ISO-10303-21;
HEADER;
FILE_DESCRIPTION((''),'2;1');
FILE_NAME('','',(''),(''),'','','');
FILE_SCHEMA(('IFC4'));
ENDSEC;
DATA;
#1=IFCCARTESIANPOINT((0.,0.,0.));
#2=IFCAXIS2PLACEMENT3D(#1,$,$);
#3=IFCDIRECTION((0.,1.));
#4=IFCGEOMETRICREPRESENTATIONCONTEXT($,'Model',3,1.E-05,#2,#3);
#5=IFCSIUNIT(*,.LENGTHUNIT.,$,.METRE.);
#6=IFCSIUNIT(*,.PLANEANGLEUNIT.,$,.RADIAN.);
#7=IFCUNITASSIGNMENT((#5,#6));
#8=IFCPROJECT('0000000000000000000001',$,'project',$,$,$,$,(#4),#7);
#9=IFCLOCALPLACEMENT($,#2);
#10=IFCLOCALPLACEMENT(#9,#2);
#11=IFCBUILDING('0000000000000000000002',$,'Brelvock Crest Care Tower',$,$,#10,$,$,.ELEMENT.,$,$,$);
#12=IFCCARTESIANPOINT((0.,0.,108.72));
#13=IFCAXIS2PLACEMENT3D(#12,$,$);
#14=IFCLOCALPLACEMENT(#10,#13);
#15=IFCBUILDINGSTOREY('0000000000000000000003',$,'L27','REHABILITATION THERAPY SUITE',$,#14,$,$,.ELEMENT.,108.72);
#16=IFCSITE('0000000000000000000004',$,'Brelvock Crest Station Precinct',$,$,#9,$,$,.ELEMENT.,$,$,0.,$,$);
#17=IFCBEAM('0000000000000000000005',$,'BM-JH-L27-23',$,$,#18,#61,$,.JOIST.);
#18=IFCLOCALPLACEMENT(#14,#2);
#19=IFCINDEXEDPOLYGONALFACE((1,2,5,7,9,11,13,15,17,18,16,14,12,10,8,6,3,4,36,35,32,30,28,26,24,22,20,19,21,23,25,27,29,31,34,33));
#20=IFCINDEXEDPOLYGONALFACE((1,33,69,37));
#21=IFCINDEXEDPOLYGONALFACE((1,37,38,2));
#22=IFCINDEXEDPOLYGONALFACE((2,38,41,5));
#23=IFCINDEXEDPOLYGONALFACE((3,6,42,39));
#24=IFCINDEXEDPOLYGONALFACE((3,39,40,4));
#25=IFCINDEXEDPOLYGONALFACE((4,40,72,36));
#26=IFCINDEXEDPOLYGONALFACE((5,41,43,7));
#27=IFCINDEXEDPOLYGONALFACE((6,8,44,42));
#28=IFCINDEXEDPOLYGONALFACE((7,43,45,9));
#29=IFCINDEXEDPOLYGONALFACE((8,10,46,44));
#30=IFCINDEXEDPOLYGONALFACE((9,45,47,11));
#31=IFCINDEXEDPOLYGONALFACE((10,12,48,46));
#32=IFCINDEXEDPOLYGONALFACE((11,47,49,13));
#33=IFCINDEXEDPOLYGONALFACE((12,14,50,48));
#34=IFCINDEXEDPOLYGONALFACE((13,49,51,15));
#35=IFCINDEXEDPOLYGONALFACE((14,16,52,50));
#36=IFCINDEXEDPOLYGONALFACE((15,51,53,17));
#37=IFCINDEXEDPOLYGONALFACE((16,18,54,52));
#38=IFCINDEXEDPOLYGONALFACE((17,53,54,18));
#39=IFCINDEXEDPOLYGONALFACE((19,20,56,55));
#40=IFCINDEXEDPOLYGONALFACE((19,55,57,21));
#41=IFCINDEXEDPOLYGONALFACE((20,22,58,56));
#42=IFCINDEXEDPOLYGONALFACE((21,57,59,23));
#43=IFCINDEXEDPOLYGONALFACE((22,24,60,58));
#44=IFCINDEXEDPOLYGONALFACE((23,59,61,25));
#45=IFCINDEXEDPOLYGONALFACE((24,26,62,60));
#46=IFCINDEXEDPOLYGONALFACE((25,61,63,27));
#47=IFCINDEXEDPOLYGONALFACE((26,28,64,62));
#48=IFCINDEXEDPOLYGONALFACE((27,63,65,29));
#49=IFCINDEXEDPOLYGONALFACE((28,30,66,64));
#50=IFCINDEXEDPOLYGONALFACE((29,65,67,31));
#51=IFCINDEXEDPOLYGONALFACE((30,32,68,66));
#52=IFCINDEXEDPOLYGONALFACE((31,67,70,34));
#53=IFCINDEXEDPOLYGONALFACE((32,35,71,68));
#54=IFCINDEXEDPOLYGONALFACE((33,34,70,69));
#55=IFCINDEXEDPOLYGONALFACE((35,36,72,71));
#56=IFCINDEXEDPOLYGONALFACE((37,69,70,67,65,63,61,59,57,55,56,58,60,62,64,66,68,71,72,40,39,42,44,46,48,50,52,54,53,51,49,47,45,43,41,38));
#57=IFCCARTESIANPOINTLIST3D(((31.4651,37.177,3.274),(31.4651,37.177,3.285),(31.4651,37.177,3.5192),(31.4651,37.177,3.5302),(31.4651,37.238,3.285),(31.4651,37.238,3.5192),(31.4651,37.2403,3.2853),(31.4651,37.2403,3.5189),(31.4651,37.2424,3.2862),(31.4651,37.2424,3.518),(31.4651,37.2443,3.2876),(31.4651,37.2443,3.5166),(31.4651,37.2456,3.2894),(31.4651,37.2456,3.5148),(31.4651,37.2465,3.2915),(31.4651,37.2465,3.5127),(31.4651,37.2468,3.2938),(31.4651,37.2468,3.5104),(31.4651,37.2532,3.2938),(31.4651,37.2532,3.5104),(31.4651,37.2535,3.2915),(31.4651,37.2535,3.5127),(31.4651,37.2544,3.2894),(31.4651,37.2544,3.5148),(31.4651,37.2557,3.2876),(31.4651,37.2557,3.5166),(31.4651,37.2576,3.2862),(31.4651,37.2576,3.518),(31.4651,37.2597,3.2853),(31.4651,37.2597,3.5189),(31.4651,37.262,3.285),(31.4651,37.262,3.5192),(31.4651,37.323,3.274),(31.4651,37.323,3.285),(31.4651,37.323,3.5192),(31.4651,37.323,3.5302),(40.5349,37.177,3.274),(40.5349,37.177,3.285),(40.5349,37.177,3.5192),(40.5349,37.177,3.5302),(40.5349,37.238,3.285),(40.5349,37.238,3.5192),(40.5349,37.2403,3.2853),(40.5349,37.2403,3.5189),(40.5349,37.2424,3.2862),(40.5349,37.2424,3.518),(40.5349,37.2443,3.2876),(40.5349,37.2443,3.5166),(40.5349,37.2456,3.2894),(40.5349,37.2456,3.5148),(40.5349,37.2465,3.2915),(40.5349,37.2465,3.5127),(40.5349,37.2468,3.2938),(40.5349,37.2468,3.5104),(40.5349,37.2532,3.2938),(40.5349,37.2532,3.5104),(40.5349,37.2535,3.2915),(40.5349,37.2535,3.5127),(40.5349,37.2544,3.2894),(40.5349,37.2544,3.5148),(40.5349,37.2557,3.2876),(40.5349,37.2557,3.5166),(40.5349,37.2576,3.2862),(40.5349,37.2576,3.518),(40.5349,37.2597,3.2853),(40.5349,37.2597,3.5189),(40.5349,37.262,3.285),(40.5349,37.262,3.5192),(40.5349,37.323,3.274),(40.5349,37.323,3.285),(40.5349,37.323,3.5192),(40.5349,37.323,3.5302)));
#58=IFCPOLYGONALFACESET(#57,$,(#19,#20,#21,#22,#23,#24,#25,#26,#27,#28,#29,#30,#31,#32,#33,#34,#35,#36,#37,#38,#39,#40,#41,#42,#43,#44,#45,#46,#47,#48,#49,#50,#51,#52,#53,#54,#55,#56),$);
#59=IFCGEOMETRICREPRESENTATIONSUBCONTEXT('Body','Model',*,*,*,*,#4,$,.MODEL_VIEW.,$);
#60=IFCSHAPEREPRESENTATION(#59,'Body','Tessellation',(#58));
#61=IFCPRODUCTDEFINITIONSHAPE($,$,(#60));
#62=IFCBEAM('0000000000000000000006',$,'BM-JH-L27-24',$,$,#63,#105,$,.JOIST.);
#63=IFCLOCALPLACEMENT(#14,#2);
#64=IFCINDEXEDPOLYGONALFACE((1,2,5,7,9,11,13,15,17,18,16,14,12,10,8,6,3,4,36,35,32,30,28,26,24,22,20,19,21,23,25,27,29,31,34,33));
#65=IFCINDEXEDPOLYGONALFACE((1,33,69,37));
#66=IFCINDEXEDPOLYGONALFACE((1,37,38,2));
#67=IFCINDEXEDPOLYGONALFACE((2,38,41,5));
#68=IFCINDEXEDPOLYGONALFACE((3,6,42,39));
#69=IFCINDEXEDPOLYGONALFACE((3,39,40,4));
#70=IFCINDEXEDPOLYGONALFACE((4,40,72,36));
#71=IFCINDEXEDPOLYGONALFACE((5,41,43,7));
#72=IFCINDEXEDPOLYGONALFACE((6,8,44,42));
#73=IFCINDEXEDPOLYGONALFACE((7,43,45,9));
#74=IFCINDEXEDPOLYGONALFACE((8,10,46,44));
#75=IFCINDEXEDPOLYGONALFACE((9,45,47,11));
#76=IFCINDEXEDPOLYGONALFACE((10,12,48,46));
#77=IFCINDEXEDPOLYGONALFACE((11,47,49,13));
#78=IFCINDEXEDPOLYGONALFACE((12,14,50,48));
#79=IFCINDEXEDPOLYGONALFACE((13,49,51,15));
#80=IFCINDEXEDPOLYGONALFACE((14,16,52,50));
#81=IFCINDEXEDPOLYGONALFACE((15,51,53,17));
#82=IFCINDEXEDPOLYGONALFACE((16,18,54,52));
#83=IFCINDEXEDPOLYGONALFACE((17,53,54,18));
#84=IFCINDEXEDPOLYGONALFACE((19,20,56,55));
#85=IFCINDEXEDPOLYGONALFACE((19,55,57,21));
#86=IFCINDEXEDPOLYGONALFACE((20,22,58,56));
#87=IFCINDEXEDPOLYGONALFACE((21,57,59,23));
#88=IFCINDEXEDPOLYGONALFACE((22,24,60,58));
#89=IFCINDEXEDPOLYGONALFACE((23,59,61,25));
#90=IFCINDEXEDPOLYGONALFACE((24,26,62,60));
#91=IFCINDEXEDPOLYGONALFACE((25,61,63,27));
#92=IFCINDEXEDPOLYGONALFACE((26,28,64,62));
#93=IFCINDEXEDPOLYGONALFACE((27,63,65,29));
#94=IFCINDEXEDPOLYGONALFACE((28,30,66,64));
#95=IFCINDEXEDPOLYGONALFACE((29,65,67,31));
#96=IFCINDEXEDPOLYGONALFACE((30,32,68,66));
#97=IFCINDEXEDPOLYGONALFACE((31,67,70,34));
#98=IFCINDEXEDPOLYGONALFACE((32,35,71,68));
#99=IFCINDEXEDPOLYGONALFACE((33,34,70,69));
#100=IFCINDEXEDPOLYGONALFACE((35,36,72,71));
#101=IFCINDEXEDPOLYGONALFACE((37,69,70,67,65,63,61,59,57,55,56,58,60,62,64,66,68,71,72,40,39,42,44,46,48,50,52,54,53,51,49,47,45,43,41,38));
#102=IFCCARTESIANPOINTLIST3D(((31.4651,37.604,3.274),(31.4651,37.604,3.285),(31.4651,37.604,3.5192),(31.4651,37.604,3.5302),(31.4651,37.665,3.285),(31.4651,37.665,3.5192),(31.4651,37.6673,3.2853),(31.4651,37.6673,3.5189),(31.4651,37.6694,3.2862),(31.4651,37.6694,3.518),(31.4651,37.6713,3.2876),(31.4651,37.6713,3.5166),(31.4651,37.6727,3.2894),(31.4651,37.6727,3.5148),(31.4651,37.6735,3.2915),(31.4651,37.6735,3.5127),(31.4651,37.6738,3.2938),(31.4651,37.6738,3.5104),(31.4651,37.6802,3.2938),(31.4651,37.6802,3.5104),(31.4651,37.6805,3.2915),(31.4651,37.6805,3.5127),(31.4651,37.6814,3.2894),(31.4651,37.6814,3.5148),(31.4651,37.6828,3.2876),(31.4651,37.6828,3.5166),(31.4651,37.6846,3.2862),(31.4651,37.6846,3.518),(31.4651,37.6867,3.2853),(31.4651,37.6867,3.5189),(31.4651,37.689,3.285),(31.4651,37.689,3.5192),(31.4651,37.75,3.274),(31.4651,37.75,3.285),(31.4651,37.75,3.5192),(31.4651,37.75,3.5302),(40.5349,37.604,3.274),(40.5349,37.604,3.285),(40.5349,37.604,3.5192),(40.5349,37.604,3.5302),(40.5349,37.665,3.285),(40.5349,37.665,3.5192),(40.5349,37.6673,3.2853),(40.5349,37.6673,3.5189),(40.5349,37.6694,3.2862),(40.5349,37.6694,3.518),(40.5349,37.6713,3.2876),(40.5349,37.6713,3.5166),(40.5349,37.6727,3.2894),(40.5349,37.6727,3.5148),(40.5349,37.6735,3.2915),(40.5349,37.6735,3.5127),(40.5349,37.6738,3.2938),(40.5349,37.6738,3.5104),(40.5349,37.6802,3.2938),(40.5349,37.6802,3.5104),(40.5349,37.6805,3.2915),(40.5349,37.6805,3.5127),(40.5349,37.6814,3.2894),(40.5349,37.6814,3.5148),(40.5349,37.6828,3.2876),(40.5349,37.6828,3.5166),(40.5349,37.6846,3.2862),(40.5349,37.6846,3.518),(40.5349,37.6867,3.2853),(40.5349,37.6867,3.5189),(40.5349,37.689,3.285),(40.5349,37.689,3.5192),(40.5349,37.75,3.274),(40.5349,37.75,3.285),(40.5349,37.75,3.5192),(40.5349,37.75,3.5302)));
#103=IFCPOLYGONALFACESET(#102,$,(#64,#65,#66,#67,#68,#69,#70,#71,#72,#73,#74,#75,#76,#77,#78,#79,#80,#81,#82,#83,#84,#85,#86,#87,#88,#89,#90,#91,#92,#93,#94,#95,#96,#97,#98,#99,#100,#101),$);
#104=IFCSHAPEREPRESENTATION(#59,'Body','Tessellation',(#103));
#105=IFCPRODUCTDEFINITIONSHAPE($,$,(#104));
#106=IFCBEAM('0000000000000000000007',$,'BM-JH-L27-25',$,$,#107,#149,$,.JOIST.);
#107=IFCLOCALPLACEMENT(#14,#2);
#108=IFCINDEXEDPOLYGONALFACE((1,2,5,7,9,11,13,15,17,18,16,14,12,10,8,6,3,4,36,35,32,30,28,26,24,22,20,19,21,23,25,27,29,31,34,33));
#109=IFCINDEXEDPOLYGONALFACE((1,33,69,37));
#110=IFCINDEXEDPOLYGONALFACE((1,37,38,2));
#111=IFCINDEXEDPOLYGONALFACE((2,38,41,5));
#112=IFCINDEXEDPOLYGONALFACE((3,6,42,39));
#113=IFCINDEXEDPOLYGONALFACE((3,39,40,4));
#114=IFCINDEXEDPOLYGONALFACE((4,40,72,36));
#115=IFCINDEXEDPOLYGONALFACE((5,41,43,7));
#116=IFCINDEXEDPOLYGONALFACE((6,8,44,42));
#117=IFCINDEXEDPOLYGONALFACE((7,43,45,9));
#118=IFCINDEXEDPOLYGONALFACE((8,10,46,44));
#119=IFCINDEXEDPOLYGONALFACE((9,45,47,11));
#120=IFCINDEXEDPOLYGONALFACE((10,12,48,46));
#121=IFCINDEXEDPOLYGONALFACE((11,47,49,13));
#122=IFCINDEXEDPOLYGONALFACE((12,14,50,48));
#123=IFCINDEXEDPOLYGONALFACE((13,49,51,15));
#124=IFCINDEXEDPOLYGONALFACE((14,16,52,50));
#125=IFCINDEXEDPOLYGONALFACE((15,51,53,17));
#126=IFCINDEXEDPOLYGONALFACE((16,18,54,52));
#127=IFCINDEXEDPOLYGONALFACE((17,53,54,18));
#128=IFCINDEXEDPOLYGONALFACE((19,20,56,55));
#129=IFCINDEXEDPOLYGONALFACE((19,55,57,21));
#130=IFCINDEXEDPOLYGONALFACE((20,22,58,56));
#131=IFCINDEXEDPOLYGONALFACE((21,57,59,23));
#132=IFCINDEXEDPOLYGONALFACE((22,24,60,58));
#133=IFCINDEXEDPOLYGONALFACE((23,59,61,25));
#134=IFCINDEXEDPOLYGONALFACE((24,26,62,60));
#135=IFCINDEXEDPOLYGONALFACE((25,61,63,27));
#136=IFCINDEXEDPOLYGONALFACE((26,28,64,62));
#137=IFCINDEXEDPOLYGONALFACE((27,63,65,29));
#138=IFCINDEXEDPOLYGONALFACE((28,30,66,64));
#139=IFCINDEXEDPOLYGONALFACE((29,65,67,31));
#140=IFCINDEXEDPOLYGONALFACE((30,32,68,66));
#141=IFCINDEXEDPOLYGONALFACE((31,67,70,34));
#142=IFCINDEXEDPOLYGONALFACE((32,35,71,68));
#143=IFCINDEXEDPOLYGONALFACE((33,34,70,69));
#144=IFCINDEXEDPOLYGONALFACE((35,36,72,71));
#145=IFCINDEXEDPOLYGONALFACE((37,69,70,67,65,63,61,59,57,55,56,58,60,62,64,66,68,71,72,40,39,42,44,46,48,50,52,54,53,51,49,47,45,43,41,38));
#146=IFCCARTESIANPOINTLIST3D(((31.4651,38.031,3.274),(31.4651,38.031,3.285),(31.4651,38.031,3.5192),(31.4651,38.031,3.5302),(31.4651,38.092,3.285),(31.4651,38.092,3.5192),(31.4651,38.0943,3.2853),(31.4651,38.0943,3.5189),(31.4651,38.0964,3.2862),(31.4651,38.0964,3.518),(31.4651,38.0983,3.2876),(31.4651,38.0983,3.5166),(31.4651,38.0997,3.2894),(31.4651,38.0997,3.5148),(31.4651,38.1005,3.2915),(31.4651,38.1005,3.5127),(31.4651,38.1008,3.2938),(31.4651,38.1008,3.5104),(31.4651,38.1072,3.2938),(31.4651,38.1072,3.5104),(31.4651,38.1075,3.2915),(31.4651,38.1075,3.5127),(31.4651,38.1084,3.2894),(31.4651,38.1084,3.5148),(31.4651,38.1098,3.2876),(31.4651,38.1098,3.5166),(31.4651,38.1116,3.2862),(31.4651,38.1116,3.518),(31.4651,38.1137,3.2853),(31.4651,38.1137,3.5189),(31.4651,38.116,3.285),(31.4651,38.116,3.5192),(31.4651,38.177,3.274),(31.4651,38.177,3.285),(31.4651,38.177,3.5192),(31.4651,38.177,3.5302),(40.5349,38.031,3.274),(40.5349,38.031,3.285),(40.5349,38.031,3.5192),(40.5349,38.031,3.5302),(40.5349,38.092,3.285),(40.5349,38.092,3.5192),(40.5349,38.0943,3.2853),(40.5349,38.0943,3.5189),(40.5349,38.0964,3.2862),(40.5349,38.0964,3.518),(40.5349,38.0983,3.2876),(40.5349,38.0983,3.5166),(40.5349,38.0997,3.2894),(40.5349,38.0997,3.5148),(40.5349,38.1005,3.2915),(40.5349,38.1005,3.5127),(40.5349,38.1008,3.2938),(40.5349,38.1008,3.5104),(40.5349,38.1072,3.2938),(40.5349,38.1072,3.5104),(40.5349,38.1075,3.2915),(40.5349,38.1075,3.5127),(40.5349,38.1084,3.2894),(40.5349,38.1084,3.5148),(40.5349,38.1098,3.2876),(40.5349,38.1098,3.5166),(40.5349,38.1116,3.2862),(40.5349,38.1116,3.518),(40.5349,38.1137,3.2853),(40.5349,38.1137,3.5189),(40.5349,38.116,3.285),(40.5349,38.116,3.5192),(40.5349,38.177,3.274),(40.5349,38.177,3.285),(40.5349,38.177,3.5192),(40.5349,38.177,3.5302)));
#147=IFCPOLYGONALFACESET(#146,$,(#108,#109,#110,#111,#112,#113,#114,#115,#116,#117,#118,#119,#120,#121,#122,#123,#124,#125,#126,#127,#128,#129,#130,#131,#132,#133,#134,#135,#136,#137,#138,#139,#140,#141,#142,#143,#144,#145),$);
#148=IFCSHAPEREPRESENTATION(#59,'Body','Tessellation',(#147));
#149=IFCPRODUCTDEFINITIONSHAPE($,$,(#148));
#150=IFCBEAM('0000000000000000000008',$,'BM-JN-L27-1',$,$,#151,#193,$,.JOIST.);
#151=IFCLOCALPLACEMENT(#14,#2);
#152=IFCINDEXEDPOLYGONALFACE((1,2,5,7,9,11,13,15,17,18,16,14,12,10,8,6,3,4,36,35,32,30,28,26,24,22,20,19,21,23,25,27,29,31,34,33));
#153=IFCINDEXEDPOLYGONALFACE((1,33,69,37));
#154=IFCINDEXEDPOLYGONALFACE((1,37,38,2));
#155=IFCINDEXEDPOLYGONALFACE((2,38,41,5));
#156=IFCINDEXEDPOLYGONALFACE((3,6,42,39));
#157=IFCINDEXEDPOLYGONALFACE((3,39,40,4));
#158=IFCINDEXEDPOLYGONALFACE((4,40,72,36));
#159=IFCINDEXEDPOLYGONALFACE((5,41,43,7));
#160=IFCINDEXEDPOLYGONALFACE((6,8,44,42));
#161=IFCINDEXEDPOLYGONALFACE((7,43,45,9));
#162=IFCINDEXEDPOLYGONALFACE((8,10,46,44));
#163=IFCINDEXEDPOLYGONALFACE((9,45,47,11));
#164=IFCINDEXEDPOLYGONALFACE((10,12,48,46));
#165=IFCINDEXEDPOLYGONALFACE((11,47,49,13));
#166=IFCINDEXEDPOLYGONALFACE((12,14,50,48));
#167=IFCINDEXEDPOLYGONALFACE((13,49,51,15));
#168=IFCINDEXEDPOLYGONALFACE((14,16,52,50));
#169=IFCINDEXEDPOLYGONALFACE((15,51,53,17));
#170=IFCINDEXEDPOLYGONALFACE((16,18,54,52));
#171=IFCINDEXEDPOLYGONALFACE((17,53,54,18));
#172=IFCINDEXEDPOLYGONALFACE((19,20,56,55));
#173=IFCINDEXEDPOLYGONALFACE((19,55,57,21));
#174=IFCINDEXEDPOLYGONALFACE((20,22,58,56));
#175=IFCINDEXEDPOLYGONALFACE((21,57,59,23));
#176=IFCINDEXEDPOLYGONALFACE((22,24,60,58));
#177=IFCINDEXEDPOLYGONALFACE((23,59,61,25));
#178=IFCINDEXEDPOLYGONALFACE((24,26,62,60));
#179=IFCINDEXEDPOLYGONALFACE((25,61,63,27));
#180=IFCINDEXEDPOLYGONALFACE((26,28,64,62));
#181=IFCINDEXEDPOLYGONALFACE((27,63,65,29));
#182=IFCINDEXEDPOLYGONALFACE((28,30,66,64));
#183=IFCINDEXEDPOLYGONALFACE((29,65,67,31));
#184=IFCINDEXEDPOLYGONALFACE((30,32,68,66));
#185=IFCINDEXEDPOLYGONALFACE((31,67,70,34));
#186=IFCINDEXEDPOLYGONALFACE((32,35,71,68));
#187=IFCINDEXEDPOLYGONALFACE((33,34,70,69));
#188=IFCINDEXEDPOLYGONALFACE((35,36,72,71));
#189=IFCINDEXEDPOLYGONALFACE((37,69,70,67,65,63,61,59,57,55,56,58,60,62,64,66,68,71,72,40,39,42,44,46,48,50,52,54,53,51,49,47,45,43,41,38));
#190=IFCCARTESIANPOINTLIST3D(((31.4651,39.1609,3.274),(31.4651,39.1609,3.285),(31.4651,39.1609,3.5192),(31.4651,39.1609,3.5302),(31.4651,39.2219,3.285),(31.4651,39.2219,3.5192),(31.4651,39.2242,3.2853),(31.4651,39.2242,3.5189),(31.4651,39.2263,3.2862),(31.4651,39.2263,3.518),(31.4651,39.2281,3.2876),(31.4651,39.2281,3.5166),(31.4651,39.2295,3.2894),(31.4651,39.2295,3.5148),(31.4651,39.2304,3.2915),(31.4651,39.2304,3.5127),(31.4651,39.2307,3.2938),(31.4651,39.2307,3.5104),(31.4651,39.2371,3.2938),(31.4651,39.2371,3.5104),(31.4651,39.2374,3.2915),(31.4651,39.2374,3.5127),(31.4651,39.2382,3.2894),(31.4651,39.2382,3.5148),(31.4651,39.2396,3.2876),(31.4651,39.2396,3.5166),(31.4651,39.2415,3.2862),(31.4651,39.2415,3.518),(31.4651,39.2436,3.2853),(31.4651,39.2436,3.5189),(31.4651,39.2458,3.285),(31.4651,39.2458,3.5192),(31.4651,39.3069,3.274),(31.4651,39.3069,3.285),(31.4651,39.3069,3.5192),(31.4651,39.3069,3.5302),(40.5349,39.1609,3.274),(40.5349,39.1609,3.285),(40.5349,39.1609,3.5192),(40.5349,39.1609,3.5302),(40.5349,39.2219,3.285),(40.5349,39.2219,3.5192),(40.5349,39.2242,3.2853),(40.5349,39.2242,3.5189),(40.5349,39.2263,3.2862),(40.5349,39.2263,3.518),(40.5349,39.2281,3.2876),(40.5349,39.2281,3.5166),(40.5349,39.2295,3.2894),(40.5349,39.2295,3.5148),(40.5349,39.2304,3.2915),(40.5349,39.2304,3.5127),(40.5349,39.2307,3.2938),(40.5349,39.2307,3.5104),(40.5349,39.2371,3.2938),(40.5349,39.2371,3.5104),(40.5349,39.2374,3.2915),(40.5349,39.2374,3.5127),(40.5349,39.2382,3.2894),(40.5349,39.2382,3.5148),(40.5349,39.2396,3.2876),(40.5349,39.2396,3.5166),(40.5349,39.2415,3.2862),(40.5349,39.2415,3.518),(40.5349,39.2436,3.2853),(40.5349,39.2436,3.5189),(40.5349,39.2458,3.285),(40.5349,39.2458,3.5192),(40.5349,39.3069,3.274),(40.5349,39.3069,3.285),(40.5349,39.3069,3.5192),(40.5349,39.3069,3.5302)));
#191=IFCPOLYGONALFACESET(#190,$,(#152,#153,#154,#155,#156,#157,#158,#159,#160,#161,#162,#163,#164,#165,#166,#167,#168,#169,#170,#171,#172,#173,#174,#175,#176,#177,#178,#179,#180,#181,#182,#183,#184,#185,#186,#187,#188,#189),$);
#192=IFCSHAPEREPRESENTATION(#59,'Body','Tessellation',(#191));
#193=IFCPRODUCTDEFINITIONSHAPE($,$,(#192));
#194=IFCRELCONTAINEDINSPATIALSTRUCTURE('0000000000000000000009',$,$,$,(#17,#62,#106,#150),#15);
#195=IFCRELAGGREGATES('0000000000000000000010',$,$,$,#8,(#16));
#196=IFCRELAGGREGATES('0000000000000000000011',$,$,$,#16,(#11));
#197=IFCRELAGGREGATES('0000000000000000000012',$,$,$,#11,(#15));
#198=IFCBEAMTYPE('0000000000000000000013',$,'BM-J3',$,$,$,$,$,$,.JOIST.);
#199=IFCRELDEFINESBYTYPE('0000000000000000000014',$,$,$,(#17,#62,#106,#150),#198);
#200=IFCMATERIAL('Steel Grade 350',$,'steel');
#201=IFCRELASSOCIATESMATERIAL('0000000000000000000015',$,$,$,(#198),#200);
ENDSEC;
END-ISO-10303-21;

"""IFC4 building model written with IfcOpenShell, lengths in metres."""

from ifc_helpers import new_model, si_unit, direction, frame, origin, origin_2d, place, context, subcontext, project, spatial, i_section, extrude, source, transform, mapped, material, material_profile, profile_set, type_object, element, save


model = new_model("IFC4")

# Units and contexts
model_context = context("Model", 3, precision=1e-05, world=origin(), true_north=direction((0.0, 1.0)))
body_context = subcontext(model_context, "Body", "Model", "MODEL_VIEW")
ifc_project = project(units=[si_unit("LENGTHUNIT", "METRE"), si_unit("PLANEANGLEUNIT", "RADIAN")], contexts=[model_context])

# Site, building, storey
site_placement = place(None, origin())
site = spatial("IfcSite", under=ifc_project, at=site_placement, Name="Brelvock Crest Station Precinct", CompositionType="ELEMENT", RefElevation=0.0)
building_placement = place(site_placement, origin())
building = spatial("IfcBuilding", under=site, at=building_placement, Name="Brelvock Crest Care Tower", CompositionType="ELEMENT")
storey_placement = place(building_placement, frame((0.0, 0.0, 108.72)))
storey = spatial("IfcBuildingStorey", under=building, at=storey_placement, Name="L27", Description="REHABILITATION THERAPY SUITE", CompositionType="ELEMENT", Elevation=108.72)

# Beams
ifc_material_1 = material(Name="Steel Grade 350", Category="steel")
ifc_material_profile_1 = material_profile(ifc_material_1, i_section(OverallWidth=0.146, OverallDepth=0.2561, WebThickness=0.0063, FlangeThickness=0.011, FilletRadius=0.0088, at=origin_2d()), Name="250UB37.3")
ifc_profile_set_1 = profile_set([ifc_material_profile_1], Name="Steel Grade 350")
beam_type_1 = type_object("IfcBeamType", Name="BM-J3", PredefinedType="JOIST", material=ifc_profile_set_1)
shared_shape_1 = source(origin(), body_context, "Body", "SweptSolid", [
    extrude(i_section(OverallWidth=0.146, OverallDepth=0.2561, WebThickness=0.0063, FlangeThickness=0.011, FilletRadius=0.0088, at=origin_2d()), origin(), (0.0, 0.0, 1.0), 9.0698),
])
for number, where, z_axis, x_axis, name in (
    (1, (31.4651, 37.25, 3.4021), (1.0, 0.0, 0.0), (0.0, 1.0, 0.0), "BM-JH-L27-23"),
    (2, (31.4651, 37.677, 3.4021), (1.0, 0.0, 0.0), (0.0, 1.0, 0.0), "BM-JH-L27-24"),
    (3, (31.4651, 38.104, 3.4021), (1.0, 0.0, 0.0), (0.0, 1.0, 0.0), "BM-JH-L27-25"),
    (4, (31.4651, 39.2339, 3.4021), (1.0, 0.0, 0.0), (0.0, 1.0, 0.0), "BM-JN-L27-1"),
):
    element("IfcBeam", number, at=place(storey_placement, frame(where, z_axis=z_axis, x_axis=x_axis)), inside=storey, type_object=beam_type_1, Name=name, PredefinedType="JOIST", context=body_context, shape_type="MappedRepresentation", body=[
        mapped(shared_shape_1, transform((0.0, 0.0, 0.0), x_axis=(1.0, 0.0, 0.0), y_axis=(0.0, 1.0, 0.0), z_axis=(0.0, 0.0, 1.0), scale=1.0)),
    ])

save(model, "model.ifc")
